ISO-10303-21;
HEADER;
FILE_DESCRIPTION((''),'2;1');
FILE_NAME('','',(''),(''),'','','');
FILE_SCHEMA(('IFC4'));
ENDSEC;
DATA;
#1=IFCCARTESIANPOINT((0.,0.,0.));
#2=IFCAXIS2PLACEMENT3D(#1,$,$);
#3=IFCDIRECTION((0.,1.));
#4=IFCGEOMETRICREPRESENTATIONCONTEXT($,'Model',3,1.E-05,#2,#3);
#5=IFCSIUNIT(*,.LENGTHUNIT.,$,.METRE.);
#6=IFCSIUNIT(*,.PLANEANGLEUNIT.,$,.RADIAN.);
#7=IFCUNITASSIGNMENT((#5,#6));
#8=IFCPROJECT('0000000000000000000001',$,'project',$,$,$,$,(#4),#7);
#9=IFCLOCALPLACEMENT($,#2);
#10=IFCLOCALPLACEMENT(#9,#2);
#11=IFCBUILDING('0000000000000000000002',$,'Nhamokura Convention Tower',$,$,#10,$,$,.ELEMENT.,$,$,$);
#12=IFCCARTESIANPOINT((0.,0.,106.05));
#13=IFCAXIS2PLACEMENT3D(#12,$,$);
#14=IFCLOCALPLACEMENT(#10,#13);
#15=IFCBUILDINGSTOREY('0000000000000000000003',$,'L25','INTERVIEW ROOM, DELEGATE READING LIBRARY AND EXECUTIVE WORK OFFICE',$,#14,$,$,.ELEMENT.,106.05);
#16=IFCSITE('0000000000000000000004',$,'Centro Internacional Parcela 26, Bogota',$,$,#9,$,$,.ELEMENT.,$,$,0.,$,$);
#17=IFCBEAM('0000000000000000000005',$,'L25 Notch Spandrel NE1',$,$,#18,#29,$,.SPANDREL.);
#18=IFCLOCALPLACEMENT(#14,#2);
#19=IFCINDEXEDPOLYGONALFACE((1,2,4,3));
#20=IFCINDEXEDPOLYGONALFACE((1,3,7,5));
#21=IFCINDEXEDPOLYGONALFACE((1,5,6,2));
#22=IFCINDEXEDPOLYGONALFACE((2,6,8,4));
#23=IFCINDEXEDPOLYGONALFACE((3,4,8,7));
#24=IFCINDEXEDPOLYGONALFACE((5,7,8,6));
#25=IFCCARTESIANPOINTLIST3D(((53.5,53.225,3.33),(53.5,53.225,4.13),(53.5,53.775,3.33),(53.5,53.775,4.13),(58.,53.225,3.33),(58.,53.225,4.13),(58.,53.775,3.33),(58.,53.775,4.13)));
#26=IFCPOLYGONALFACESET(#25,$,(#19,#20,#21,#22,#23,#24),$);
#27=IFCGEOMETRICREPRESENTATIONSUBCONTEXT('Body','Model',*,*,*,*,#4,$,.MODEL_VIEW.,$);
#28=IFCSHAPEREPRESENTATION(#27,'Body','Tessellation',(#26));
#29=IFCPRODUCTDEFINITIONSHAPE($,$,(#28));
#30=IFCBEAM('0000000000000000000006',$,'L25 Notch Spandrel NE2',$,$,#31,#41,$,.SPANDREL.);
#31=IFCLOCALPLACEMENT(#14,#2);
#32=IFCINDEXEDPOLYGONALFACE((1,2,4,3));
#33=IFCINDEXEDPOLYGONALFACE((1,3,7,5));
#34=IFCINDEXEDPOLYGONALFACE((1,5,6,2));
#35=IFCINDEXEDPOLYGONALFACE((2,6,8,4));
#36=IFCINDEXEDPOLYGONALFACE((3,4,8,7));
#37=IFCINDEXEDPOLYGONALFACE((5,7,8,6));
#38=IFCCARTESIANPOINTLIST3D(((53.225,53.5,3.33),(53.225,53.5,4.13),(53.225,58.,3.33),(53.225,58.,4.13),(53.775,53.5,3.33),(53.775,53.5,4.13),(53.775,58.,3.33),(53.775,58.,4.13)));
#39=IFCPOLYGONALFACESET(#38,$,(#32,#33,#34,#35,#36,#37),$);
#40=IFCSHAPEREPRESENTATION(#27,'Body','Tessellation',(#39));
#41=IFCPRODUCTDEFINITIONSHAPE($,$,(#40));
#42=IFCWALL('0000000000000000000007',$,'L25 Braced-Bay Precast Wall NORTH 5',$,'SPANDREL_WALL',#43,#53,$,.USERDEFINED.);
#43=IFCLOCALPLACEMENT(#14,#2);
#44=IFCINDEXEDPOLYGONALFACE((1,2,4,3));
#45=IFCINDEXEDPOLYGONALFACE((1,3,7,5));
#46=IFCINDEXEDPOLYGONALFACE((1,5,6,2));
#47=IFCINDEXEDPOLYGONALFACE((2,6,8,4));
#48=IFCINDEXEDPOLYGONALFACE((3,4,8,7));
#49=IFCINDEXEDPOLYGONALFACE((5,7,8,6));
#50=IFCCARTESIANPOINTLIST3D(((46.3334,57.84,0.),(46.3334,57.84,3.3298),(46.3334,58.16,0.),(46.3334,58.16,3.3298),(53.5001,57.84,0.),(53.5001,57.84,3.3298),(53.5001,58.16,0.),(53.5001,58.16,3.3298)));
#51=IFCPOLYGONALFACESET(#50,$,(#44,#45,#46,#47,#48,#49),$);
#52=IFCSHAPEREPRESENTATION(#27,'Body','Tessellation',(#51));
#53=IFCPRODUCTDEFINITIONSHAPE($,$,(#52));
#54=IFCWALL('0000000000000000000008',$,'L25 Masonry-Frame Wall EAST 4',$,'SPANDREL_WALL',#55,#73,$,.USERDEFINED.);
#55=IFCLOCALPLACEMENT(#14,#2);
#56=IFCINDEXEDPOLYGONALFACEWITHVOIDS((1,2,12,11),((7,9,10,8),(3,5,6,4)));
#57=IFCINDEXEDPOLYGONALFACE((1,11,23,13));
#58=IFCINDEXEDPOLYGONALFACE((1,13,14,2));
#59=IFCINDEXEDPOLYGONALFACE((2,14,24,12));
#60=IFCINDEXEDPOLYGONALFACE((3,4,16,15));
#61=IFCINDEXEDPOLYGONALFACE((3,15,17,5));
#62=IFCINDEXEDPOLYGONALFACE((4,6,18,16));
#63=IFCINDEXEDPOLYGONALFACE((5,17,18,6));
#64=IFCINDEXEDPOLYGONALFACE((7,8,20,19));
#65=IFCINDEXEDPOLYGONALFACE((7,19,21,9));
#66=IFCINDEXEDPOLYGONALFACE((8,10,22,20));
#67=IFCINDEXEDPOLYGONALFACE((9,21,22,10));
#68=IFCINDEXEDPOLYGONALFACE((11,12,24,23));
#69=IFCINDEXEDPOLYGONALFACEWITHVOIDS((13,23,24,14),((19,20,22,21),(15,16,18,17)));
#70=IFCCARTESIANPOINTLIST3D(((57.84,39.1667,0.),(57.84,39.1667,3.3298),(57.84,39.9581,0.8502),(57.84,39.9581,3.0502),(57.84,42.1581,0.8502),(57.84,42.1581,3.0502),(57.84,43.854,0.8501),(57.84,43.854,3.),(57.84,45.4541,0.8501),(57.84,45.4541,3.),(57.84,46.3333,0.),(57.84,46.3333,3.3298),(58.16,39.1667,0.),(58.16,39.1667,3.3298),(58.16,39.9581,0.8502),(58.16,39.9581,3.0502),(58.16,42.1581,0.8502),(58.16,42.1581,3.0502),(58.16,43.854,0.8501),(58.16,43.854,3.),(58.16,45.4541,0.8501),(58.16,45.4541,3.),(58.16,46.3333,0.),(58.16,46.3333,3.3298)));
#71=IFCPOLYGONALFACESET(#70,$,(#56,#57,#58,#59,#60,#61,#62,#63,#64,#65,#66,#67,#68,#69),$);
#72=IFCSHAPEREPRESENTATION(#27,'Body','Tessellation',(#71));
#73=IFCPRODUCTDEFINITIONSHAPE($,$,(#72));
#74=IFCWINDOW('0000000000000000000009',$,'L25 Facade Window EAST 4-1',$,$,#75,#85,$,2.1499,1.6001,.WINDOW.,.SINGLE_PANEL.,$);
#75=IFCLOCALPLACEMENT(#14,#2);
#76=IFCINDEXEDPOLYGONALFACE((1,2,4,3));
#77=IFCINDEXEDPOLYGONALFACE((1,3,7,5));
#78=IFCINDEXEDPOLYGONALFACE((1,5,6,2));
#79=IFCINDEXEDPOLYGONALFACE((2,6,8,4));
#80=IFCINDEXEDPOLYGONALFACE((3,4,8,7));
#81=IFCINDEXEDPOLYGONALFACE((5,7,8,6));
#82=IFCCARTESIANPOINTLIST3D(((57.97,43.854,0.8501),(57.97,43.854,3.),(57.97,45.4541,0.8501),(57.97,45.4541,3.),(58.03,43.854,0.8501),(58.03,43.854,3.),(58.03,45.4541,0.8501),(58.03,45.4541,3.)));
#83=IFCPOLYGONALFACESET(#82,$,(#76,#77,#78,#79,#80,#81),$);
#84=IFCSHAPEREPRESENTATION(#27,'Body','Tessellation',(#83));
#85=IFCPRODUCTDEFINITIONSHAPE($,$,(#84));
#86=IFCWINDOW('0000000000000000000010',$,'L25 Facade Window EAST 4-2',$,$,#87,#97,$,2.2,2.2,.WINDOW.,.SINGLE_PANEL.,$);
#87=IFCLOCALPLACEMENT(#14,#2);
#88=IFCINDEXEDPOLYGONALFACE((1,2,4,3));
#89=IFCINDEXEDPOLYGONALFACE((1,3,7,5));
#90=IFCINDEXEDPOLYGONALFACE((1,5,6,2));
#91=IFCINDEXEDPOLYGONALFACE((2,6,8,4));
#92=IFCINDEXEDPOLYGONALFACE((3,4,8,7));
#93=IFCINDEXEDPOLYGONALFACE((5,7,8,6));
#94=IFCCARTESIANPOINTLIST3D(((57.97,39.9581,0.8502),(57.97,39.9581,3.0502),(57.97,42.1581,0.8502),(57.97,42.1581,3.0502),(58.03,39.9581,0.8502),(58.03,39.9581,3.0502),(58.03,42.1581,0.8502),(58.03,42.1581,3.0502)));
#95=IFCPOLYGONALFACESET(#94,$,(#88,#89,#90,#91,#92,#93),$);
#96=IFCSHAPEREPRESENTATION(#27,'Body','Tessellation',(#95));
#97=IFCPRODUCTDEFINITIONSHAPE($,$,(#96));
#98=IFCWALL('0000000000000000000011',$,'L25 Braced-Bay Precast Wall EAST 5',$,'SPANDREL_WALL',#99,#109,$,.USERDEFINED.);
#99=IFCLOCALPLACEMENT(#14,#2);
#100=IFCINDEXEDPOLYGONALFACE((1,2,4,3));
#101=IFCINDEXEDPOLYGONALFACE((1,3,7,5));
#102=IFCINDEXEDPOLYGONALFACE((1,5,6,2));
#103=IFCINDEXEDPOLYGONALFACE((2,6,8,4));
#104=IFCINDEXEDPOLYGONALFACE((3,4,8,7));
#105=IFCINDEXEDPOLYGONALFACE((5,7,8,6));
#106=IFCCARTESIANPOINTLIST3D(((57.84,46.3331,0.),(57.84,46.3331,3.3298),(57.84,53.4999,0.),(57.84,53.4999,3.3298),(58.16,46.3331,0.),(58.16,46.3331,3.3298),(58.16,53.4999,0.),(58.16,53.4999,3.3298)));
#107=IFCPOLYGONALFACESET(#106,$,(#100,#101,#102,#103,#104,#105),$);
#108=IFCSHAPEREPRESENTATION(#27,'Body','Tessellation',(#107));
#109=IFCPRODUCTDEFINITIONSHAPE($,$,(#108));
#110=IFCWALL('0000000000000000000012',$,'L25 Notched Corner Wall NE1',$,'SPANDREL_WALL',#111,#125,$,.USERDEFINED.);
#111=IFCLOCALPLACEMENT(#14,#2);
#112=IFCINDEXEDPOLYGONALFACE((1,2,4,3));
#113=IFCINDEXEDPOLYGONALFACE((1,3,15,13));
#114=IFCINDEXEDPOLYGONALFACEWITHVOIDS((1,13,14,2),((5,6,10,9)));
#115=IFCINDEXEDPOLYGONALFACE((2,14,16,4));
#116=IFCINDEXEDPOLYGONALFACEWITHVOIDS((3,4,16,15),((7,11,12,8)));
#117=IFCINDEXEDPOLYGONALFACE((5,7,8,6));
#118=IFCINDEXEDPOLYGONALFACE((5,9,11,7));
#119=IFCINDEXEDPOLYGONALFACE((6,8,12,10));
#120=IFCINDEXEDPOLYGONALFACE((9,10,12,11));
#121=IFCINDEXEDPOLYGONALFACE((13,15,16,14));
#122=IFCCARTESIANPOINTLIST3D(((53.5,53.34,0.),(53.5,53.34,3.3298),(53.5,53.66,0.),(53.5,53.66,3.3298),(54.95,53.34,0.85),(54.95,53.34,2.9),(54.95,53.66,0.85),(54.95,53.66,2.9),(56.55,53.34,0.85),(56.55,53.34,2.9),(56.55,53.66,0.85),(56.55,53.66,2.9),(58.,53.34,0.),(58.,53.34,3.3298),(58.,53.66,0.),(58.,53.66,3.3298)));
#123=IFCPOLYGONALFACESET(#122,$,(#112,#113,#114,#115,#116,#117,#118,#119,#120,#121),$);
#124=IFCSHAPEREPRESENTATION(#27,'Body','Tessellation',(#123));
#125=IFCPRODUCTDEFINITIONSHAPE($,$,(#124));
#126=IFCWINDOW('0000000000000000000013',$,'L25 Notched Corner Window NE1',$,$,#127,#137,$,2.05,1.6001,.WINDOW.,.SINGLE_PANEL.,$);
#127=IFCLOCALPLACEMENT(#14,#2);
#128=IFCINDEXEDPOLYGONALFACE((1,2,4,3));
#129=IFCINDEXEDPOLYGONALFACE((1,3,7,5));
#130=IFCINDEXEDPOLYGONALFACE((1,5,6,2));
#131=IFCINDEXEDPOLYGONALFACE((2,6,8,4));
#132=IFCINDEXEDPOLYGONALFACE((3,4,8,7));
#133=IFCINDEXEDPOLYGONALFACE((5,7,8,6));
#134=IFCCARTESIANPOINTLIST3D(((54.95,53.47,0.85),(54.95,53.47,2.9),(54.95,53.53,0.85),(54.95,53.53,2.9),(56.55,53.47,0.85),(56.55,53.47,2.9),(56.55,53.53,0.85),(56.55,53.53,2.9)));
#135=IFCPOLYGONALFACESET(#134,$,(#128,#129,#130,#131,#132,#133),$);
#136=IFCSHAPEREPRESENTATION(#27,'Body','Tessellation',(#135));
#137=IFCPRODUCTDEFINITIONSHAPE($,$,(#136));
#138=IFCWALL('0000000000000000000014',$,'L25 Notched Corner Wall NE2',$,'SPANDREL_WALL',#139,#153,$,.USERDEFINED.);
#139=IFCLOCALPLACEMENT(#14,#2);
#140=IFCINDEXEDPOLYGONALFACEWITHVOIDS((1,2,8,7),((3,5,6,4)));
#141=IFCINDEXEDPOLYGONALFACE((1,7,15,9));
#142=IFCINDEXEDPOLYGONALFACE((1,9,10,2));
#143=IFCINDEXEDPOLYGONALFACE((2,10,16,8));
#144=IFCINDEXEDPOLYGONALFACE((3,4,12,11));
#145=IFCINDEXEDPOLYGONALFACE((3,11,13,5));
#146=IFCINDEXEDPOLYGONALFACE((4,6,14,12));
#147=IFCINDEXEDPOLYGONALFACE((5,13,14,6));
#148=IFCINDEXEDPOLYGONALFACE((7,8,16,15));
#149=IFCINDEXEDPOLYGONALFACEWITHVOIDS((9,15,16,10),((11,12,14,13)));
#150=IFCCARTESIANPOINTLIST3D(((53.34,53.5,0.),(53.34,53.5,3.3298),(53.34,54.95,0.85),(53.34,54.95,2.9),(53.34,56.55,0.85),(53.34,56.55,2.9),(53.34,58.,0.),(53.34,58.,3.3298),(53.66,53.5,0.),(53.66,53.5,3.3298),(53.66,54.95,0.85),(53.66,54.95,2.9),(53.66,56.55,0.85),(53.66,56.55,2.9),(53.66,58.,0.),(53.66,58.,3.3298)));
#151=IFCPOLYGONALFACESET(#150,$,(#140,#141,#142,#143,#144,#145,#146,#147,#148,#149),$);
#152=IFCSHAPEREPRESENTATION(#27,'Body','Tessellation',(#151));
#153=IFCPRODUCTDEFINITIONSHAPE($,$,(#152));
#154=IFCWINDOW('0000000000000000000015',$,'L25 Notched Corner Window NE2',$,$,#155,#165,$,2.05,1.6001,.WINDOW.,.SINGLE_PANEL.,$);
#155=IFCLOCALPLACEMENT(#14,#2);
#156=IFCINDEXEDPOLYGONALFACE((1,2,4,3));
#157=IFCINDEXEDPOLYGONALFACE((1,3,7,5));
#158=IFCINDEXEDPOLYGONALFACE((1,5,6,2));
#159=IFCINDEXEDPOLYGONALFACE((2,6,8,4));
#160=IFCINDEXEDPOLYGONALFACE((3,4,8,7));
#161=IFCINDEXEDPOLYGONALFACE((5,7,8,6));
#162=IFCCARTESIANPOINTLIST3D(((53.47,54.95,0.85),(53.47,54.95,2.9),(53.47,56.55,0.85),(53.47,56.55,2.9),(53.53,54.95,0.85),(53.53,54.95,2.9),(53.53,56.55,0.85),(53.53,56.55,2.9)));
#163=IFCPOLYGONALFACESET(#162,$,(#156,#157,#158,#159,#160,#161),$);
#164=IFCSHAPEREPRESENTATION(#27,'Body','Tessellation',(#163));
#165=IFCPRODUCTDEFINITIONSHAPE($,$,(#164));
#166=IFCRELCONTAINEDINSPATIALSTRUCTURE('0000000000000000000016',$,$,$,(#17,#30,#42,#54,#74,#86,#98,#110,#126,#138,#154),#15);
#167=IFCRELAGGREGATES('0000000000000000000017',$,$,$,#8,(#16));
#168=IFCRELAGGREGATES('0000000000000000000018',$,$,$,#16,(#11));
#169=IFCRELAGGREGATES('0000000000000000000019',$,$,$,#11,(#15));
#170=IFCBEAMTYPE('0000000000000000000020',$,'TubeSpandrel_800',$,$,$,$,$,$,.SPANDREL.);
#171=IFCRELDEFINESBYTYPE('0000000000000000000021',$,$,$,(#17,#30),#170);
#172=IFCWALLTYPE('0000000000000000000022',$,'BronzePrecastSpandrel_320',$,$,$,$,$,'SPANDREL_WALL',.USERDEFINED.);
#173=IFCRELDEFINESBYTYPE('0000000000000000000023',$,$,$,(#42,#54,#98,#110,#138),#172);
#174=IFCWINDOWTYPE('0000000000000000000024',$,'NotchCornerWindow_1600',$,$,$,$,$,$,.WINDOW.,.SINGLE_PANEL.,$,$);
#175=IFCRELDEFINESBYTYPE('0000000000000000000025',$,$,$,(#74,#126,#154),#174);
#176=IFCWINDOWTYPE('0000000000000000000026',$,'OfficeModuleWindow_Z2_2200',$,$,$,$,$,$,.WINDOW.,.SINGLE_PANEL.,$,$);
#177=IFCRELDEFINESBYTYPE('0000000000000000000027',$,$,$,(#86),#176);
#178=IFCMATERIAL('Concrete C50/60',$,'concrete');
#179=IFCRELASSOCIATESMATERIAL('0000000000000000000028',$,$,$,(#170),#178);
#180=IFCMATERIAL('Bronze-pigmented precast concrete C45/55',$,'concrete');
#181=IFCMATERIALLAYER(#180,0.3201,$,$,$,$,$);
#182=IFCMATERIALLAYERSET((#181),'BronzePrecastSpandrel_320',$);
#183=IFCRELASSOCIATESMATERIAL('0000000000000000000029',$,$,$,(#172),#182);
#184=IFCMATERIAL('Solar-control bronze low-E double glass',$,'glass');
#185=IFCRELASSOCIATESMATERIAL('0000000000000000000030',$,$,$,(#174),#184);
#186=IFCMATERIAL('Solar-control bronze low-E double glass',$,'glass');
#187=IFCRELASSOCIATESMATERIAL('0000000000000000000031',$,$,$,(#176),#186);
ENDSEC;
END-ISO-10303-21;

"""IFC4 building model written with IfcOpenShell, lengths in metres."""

from ifc_helpers import new_model, si_unit, direction, frame, frame_2d, origin, origin_2d, place, context, subcontext, project, spatial, rectangle, extrude, material, layer, layer_set, material_profile, profile_set, type_object, element, fill, save


model = new_model("IFC4")

# Units and contexts
model_context = context("Model", 3, precision=1e-05, world=origin(), true_north=direction((0.0, 1.0)))
body_context = subcontext(model_context, "Body", "Model", "MODEL_VIEW")
ifc_project = project(units=[si_unit("LENGTHUNIT", "METRE"), si_unit("PLANEANGLEUNIT", "RADIAN")], contexts=[model_context])

# Site, building, storey
site_placement = place(None, origin())
site = spatial("IfcSite", under=ifc_project, at=site_placement, Name="Centro Internacional Parcela 26, Bogota", CompositionType="ELEMENT", RefElevation=0.0)
building_placement = place(site_placement, origin())
building = spatial("IfcBuilding", under=site, at=building_placement, Name="Nhamokura Convention Tower", CompositionType="ELEMENT")
storey_placement = place(building_placement, frame((0.0, 0.0, 106.05)))
storey = spatial("IfcBuildingStorey", under=building, at=storey_placement, Name="L25", Description="INTERVIEW ROOM, DELEGATE READING LIBRARY AND EXECUTIVE WORK OFFICE", CompositionType="ELEMENT", Elevation=106.05)

# Beams
ifc_material_1 = material(Name="Concrete C50/60", Category="concrete")
ifc_material_profile_1 = material_profile(ifc_material_1, rectangle(XDim=0.55, YDim=0.8, at=origin_2d()))
ifc_profile_set_1 = profile_set([ifc_material_profile_1], Name="Concrete C50/60")
beam_type_1 = type_object("IfcBeamType", Name="TubeSpandrel_800", PredefinedType="SPANDREL", material=ifc_profile_set_1)
for number, where, z_axis, x_axis, name in (
    (1, (58.0, 53.5, 3.73), (-1.0, 0.0, 0.0), (0.0, -1.0, 0.0), "L25 Notch Spandrel NE1"),
    (2, (53.5, 53.5, 3.73), (0.0, 1.0, 0.0), (-1.0, 0.0, 0.0), "L25 Notch Spandrel NE2"),
):
    element("IfcBeam", number, at=place(storey_placement, frame(where, z_axis=z_axis, x_axis=x_axis)), inside=storey, type_object=beam_type_1, Name=name, PredefinedType="SPANDREL", context=body_context, shape_type="SweptSolid", body=[
        extrude(rectangle(XDim=0.55, YDim=0.8, at=origin_2d()), origin(), (0.0, 0.0, 1.0), 4.5),
    ])

# Wall
ifc_material_2 = material(Name="Bronze-pigmented precast concrete C45/55", Category="concrete")
ifc_layer_1 = layer(ifc_material_2, 0.3201)
ifc_layer_set_1 = layer_set([ifc_layer_1], Name="BronzePrecastSpandrel_320")
wall_type_1 = type_object("IfcWallType", Name="BronzePrecastSpandrel_320", ElementType="SPANDREL_WALL", PredefinedType="USERDEFINED", material=ifc_layer_set_1)
wall_1_placement = place(storey_placement, frame((46.3333, 58.0, 0.0), z_axis=(0.0, 0.0, 1.0), x_axis=(1.0, 0.0, 0.0)))
element("IfcWall", 3, at=wall_1_placement, inside=storey, type_object=wall_type_1, Name="L25 Braced-Bay Precast Wall NORTH 5", ObjectType="SPANDREL_WALL", PredefinedType="USERDEFINED", context=body_context, shape_type="SweptSolid", body=[
    extrude(rectangle(XDim=7.1667, YDim=0.3201, at=frame_2d((3.5835, 0.0))), origin(), (0.0, 0.0, 1.0), 3.3298),
])

# Wall, openings, windows
wall_2_placement = place(storey_placement, frame((58.0, 46.3333, 0.0), z_axis=(0.0, 0.0, 1.0), x_axis=(0.0, -1.0, 0.0)))
wall_2 = element("IfcWall", 4, at=wall_2_placement, inside=storey, type_object=wall_type_1, Name="L25 Masonry-Frame Wall EAST 4", ObjectType="SPANDREL_WALL", PredefinedType="USERDEFINED", context=body_context, shape_type="SweptSolid", body=[
    extrude(rectangle(XDim=7.1665, YDim=0.3201, at=frame_2d((3.5833, 0.0))), origin(), (0.0, 0.0, 1.0), 3.3298),
])
opening_1_placement = place(wall_2_placement, frame((0.8792, 0.0, 0.8501)))
opening_1 = element("IfcOpeningElement", 5, at=opening_1_placement, cuts=wall_2, PredefinedType="OPENING", context=body_context, shape_type="SweptSolid", body=[
    extrude(rectangle(XDim=1.6001, YDim=2.1499, at=frame_2d((0.8, 1.075))), frame((0.0, 0.1699, 0.0), z_axis=(0.0, -1.0, 0.0), x_axis=(1.0, 0.0, 0.0)), (0.0, 0.0, 1.0), 0.3401),
])
opening_2_placement = place(wall_2_placement, frame((4.175, 0.0, 0.8501)))
opening_2 = element("IfcOpeningElement", 6, at=opening_2_placement, cuts=wall_2, PredefinedType="OPENING", context=body_context, shape_type="SweptSolid", body=[
    extrude(rectangle(XDim=2.2, YDim=2.2, at=frame_2d((1.1001, 1.1001))), frame((0.0, 0.1699, 0.0), z_axis=(0.0, -1.0, 0.0), x_axis=(1.0, 0.0, 0.0)), (0.0, 0.0, 1.0), 0.3401),
])
ifc_material_3 = material(Name="Solar-control bronze low-E double glass", Category="glass")
window_type_1 = type_object("IfcWindowType", Name="NotchCornerWindow_1600", PartitioningType="SINGLE_PANEL", PredefinedType="WINDOW", material=ifc_material_3)
window_1_placement = place(opening_1_placement, origin())
window_1 = element("IfcWindow", 7, at=window_1_placement, inside=storey, type_object=window_type_1, Name="L25 Facade Window EAST 4-1", OverallHeight=2.1499, OverallWidth=1.6001, PartitioningType="SINGLE_PANEL", PredefinedType="WINDOW", context=body_context, shape_type="SweptSolid", body=[
    extrude(rectangle(XDim=1.6001, YDim=2.1499, at=frame_2d((0.8, 1.075))), frame((0.0, 0.03, 0.0), z_axis=(0.0, -1.0, 0.0), x_axis=(1.0, 0.0, 0.0)), (0.0, 0.0, 1.0), 0.0601),
])
fill(opening_1, window_1)
ifc_material_4 = material(Name="Solar-control bronze low-E double glass", Category="glass")
window_type_2 = type_object("IfcWindowType", Name="OfficeModuleWindow_Z2_2200", PartitioningType="SINGLE_PANEL", PredefinedType="WINDOW", material=ifc_material_4)
window_2_placement = place(opening_2_placement, origin())
window_2 = element("IfcWindow", 8, at=window_2_placement, inside=storey, type_object=window_type_2, Name="L25 Facade Window EAST 4-2", OverallHeight=2.2, OverallWidth=2.2, PartitioningType="SINGLE_PANEL", PredefinedType="WINDOW", context=body_context, shape_type="SweptSolid", body=[
    extrude(rectangle(XDim=2.2, YDim=2.2, at=frame_2d((1.1001, 1.1001))), frame((0.0, 0.03, 0.0), z_axis=(0.0, -1.0, 0.0), x_axis=(1.0, 0.0, 0.0)), (0.0, 0.0, 1.0), 0.0601),
])
fill(opening_2, window_2)

# Wall
wall_3_placement = place(storey_placement, frame((58.0, 53.5, 0.0), z_axis=(0.0, 0.0, 1.0), x_axis=(0.0, -1.0, 0.0)))
element("IfcWall", 9, at=wall_3_placement, inside=storey, type_object=wall_type_1, Name="L25 Braced-Bay Precast Wall EAST 5", ObjectType="SPANDREL_WALL", PredefinedType="USERDEFINED", context=body_context, shape_type="SweptSolid", body=[
    extrude(rectangle(XDim=7.1667, YDim=0.3201, at=frame_2d((3.5835, 0.0))), origin(), (0.0, 0.0, 1.0), 3.3298),
])

# Walls, openings, windows
wall_4_placement = place(storey_placement, frame((53.5, 53.5, 0.0), z_axis=(0.0, 0.0, 1.0), x_axis=(1.0, 0.0, 0.0)))
wall_4 = element("IfcWall", 10, at=wall_4_placement, inside=storey, type_object=wall_type_1, Name="L25 Notched Corner Wall NE1", ObjectType="SPANDREL_WALL", PredefinedType="USERDEFINED", context=body_context, shape_type="SweptSolid", body=[
    extrude(rectangle(XDim=4.5, YDim=0.3201, at=frame_2d((2.25, 0.0))), origin(), (0.0, 0.0, 1.0), 3.3298),
])
opening_3_placement = place(wall_4_placement, frame((1.45, 0.0, 0.8501)))
opening_3 = element("IfcOpeningElement", 11, at=opening_3_placement, cuts=wall_4, PredefinedType="OPENING", context=body_context, shape_type="SweptSolid", body=[
    extrude(rectangle(XDim=1.6001, YDim=2.05, at=frame_2d((0.8, 1.0249))), frame((0.0, 0.1699, 0.0), z_axis=(0.0, -1.0, 0.0), x_axis=(1.0, 0.0, 0.0)), (0.0, 0.0, 1.0), 0.3401),
])
window_3_placement = place(opening_3_placement, origin())
window_3 = element("IfcWindow", 12, at=window_3_placement, inside=storey, type_object=window_type_1, Name="L25 Notched Corner Window NE1", OverallHeight=2.05, OverallWidth=1.6001, PartitioningType="SINGLE_PANEL", PredefinedType="WINDOW", context=body_context, shape_type="SweptSolid", body=[
    extrude(rectangle(XDim=1.6001, YDim=2.05, at=frame_2d((0.8, 1.0249))), frame((0.0, 0.03, 0.0), z_axis=(0.0, -1.0, 0.0), x_axis=(1.0, 0.0, 0.0)), (0.0, 0.0, 1.0), 0.0601),
])
fill(opening_3, window_3)
wall_5_placement = place(storey_placement, frame((53.5, 58.0, 0.0), z_axis=(0.0, 0.0, 1.0), x_axis=(0.0, -1.0, 0.0)))
wall_5 = element("IfcWall", 13, at=wall_5_placement, inside=storey, type_object=wall_type_1, Name="L25 Notched Corner Wall NE2", ObjectType="SPANDREL_WALL", PredefinedType="USERDEFINED", context=body_context, shape_type="SweptSolid", body=[
    extrude(rectangle(XDim=4.5, YDim=0.3201, at=frame_2d((2.25, 0.0))), origin(), (0.0, 0.0, 1.0), 3.3298),
])
opening_4_placement = place(wall_5_placement, frame((1.45, 0.0, 0.8501)))
opening_4 = element("IfcOpeningElement", 14, at=opening_4_placement, cuts=wall_5, PredefinedType="OPENING", context=body_context, shape_type="SweptSolid", body=[
    extrude(rectangle(XDim=1.6001, YDim=2.05, at=frame_2d((0.8, 1.0249))), frame((0.0, 0.1699, 0.0), z_axis=(0.0, -1.0, 0.0), x_axis=(1.0, 0.0, 0.0)), (0.0, 0.0, 1.0), 0.3401),
])
window_4_placement = place(opening_4_placement, origin())
window_4 = element("IfcWindow", 15, at=window_4_placement, inside=storey, type_object=window_type_1, Name="L25 Notched Corner Window NE2", OverallHeight=2.05, OverallWidth=1.6001, PartitioningType="SINGLE_PANEL", PredefinedType="WINDOW", context=body_context, shape_type="SweptSolid", body=[
    extrude(rectangle(XDim=1.6001, YDim=2.05, at=frame_2d((0.8, 1.0249))), frame((0.0, 0.03, 0.0), z_axis=(0.0, -1.0, 0.0), x_axis=(1.0, 0.0, 0.0)), (0.0, 0.0, 1.0), 0.0601),
])
fill(opening_4, window_4)

save(model, "model.ifc")
